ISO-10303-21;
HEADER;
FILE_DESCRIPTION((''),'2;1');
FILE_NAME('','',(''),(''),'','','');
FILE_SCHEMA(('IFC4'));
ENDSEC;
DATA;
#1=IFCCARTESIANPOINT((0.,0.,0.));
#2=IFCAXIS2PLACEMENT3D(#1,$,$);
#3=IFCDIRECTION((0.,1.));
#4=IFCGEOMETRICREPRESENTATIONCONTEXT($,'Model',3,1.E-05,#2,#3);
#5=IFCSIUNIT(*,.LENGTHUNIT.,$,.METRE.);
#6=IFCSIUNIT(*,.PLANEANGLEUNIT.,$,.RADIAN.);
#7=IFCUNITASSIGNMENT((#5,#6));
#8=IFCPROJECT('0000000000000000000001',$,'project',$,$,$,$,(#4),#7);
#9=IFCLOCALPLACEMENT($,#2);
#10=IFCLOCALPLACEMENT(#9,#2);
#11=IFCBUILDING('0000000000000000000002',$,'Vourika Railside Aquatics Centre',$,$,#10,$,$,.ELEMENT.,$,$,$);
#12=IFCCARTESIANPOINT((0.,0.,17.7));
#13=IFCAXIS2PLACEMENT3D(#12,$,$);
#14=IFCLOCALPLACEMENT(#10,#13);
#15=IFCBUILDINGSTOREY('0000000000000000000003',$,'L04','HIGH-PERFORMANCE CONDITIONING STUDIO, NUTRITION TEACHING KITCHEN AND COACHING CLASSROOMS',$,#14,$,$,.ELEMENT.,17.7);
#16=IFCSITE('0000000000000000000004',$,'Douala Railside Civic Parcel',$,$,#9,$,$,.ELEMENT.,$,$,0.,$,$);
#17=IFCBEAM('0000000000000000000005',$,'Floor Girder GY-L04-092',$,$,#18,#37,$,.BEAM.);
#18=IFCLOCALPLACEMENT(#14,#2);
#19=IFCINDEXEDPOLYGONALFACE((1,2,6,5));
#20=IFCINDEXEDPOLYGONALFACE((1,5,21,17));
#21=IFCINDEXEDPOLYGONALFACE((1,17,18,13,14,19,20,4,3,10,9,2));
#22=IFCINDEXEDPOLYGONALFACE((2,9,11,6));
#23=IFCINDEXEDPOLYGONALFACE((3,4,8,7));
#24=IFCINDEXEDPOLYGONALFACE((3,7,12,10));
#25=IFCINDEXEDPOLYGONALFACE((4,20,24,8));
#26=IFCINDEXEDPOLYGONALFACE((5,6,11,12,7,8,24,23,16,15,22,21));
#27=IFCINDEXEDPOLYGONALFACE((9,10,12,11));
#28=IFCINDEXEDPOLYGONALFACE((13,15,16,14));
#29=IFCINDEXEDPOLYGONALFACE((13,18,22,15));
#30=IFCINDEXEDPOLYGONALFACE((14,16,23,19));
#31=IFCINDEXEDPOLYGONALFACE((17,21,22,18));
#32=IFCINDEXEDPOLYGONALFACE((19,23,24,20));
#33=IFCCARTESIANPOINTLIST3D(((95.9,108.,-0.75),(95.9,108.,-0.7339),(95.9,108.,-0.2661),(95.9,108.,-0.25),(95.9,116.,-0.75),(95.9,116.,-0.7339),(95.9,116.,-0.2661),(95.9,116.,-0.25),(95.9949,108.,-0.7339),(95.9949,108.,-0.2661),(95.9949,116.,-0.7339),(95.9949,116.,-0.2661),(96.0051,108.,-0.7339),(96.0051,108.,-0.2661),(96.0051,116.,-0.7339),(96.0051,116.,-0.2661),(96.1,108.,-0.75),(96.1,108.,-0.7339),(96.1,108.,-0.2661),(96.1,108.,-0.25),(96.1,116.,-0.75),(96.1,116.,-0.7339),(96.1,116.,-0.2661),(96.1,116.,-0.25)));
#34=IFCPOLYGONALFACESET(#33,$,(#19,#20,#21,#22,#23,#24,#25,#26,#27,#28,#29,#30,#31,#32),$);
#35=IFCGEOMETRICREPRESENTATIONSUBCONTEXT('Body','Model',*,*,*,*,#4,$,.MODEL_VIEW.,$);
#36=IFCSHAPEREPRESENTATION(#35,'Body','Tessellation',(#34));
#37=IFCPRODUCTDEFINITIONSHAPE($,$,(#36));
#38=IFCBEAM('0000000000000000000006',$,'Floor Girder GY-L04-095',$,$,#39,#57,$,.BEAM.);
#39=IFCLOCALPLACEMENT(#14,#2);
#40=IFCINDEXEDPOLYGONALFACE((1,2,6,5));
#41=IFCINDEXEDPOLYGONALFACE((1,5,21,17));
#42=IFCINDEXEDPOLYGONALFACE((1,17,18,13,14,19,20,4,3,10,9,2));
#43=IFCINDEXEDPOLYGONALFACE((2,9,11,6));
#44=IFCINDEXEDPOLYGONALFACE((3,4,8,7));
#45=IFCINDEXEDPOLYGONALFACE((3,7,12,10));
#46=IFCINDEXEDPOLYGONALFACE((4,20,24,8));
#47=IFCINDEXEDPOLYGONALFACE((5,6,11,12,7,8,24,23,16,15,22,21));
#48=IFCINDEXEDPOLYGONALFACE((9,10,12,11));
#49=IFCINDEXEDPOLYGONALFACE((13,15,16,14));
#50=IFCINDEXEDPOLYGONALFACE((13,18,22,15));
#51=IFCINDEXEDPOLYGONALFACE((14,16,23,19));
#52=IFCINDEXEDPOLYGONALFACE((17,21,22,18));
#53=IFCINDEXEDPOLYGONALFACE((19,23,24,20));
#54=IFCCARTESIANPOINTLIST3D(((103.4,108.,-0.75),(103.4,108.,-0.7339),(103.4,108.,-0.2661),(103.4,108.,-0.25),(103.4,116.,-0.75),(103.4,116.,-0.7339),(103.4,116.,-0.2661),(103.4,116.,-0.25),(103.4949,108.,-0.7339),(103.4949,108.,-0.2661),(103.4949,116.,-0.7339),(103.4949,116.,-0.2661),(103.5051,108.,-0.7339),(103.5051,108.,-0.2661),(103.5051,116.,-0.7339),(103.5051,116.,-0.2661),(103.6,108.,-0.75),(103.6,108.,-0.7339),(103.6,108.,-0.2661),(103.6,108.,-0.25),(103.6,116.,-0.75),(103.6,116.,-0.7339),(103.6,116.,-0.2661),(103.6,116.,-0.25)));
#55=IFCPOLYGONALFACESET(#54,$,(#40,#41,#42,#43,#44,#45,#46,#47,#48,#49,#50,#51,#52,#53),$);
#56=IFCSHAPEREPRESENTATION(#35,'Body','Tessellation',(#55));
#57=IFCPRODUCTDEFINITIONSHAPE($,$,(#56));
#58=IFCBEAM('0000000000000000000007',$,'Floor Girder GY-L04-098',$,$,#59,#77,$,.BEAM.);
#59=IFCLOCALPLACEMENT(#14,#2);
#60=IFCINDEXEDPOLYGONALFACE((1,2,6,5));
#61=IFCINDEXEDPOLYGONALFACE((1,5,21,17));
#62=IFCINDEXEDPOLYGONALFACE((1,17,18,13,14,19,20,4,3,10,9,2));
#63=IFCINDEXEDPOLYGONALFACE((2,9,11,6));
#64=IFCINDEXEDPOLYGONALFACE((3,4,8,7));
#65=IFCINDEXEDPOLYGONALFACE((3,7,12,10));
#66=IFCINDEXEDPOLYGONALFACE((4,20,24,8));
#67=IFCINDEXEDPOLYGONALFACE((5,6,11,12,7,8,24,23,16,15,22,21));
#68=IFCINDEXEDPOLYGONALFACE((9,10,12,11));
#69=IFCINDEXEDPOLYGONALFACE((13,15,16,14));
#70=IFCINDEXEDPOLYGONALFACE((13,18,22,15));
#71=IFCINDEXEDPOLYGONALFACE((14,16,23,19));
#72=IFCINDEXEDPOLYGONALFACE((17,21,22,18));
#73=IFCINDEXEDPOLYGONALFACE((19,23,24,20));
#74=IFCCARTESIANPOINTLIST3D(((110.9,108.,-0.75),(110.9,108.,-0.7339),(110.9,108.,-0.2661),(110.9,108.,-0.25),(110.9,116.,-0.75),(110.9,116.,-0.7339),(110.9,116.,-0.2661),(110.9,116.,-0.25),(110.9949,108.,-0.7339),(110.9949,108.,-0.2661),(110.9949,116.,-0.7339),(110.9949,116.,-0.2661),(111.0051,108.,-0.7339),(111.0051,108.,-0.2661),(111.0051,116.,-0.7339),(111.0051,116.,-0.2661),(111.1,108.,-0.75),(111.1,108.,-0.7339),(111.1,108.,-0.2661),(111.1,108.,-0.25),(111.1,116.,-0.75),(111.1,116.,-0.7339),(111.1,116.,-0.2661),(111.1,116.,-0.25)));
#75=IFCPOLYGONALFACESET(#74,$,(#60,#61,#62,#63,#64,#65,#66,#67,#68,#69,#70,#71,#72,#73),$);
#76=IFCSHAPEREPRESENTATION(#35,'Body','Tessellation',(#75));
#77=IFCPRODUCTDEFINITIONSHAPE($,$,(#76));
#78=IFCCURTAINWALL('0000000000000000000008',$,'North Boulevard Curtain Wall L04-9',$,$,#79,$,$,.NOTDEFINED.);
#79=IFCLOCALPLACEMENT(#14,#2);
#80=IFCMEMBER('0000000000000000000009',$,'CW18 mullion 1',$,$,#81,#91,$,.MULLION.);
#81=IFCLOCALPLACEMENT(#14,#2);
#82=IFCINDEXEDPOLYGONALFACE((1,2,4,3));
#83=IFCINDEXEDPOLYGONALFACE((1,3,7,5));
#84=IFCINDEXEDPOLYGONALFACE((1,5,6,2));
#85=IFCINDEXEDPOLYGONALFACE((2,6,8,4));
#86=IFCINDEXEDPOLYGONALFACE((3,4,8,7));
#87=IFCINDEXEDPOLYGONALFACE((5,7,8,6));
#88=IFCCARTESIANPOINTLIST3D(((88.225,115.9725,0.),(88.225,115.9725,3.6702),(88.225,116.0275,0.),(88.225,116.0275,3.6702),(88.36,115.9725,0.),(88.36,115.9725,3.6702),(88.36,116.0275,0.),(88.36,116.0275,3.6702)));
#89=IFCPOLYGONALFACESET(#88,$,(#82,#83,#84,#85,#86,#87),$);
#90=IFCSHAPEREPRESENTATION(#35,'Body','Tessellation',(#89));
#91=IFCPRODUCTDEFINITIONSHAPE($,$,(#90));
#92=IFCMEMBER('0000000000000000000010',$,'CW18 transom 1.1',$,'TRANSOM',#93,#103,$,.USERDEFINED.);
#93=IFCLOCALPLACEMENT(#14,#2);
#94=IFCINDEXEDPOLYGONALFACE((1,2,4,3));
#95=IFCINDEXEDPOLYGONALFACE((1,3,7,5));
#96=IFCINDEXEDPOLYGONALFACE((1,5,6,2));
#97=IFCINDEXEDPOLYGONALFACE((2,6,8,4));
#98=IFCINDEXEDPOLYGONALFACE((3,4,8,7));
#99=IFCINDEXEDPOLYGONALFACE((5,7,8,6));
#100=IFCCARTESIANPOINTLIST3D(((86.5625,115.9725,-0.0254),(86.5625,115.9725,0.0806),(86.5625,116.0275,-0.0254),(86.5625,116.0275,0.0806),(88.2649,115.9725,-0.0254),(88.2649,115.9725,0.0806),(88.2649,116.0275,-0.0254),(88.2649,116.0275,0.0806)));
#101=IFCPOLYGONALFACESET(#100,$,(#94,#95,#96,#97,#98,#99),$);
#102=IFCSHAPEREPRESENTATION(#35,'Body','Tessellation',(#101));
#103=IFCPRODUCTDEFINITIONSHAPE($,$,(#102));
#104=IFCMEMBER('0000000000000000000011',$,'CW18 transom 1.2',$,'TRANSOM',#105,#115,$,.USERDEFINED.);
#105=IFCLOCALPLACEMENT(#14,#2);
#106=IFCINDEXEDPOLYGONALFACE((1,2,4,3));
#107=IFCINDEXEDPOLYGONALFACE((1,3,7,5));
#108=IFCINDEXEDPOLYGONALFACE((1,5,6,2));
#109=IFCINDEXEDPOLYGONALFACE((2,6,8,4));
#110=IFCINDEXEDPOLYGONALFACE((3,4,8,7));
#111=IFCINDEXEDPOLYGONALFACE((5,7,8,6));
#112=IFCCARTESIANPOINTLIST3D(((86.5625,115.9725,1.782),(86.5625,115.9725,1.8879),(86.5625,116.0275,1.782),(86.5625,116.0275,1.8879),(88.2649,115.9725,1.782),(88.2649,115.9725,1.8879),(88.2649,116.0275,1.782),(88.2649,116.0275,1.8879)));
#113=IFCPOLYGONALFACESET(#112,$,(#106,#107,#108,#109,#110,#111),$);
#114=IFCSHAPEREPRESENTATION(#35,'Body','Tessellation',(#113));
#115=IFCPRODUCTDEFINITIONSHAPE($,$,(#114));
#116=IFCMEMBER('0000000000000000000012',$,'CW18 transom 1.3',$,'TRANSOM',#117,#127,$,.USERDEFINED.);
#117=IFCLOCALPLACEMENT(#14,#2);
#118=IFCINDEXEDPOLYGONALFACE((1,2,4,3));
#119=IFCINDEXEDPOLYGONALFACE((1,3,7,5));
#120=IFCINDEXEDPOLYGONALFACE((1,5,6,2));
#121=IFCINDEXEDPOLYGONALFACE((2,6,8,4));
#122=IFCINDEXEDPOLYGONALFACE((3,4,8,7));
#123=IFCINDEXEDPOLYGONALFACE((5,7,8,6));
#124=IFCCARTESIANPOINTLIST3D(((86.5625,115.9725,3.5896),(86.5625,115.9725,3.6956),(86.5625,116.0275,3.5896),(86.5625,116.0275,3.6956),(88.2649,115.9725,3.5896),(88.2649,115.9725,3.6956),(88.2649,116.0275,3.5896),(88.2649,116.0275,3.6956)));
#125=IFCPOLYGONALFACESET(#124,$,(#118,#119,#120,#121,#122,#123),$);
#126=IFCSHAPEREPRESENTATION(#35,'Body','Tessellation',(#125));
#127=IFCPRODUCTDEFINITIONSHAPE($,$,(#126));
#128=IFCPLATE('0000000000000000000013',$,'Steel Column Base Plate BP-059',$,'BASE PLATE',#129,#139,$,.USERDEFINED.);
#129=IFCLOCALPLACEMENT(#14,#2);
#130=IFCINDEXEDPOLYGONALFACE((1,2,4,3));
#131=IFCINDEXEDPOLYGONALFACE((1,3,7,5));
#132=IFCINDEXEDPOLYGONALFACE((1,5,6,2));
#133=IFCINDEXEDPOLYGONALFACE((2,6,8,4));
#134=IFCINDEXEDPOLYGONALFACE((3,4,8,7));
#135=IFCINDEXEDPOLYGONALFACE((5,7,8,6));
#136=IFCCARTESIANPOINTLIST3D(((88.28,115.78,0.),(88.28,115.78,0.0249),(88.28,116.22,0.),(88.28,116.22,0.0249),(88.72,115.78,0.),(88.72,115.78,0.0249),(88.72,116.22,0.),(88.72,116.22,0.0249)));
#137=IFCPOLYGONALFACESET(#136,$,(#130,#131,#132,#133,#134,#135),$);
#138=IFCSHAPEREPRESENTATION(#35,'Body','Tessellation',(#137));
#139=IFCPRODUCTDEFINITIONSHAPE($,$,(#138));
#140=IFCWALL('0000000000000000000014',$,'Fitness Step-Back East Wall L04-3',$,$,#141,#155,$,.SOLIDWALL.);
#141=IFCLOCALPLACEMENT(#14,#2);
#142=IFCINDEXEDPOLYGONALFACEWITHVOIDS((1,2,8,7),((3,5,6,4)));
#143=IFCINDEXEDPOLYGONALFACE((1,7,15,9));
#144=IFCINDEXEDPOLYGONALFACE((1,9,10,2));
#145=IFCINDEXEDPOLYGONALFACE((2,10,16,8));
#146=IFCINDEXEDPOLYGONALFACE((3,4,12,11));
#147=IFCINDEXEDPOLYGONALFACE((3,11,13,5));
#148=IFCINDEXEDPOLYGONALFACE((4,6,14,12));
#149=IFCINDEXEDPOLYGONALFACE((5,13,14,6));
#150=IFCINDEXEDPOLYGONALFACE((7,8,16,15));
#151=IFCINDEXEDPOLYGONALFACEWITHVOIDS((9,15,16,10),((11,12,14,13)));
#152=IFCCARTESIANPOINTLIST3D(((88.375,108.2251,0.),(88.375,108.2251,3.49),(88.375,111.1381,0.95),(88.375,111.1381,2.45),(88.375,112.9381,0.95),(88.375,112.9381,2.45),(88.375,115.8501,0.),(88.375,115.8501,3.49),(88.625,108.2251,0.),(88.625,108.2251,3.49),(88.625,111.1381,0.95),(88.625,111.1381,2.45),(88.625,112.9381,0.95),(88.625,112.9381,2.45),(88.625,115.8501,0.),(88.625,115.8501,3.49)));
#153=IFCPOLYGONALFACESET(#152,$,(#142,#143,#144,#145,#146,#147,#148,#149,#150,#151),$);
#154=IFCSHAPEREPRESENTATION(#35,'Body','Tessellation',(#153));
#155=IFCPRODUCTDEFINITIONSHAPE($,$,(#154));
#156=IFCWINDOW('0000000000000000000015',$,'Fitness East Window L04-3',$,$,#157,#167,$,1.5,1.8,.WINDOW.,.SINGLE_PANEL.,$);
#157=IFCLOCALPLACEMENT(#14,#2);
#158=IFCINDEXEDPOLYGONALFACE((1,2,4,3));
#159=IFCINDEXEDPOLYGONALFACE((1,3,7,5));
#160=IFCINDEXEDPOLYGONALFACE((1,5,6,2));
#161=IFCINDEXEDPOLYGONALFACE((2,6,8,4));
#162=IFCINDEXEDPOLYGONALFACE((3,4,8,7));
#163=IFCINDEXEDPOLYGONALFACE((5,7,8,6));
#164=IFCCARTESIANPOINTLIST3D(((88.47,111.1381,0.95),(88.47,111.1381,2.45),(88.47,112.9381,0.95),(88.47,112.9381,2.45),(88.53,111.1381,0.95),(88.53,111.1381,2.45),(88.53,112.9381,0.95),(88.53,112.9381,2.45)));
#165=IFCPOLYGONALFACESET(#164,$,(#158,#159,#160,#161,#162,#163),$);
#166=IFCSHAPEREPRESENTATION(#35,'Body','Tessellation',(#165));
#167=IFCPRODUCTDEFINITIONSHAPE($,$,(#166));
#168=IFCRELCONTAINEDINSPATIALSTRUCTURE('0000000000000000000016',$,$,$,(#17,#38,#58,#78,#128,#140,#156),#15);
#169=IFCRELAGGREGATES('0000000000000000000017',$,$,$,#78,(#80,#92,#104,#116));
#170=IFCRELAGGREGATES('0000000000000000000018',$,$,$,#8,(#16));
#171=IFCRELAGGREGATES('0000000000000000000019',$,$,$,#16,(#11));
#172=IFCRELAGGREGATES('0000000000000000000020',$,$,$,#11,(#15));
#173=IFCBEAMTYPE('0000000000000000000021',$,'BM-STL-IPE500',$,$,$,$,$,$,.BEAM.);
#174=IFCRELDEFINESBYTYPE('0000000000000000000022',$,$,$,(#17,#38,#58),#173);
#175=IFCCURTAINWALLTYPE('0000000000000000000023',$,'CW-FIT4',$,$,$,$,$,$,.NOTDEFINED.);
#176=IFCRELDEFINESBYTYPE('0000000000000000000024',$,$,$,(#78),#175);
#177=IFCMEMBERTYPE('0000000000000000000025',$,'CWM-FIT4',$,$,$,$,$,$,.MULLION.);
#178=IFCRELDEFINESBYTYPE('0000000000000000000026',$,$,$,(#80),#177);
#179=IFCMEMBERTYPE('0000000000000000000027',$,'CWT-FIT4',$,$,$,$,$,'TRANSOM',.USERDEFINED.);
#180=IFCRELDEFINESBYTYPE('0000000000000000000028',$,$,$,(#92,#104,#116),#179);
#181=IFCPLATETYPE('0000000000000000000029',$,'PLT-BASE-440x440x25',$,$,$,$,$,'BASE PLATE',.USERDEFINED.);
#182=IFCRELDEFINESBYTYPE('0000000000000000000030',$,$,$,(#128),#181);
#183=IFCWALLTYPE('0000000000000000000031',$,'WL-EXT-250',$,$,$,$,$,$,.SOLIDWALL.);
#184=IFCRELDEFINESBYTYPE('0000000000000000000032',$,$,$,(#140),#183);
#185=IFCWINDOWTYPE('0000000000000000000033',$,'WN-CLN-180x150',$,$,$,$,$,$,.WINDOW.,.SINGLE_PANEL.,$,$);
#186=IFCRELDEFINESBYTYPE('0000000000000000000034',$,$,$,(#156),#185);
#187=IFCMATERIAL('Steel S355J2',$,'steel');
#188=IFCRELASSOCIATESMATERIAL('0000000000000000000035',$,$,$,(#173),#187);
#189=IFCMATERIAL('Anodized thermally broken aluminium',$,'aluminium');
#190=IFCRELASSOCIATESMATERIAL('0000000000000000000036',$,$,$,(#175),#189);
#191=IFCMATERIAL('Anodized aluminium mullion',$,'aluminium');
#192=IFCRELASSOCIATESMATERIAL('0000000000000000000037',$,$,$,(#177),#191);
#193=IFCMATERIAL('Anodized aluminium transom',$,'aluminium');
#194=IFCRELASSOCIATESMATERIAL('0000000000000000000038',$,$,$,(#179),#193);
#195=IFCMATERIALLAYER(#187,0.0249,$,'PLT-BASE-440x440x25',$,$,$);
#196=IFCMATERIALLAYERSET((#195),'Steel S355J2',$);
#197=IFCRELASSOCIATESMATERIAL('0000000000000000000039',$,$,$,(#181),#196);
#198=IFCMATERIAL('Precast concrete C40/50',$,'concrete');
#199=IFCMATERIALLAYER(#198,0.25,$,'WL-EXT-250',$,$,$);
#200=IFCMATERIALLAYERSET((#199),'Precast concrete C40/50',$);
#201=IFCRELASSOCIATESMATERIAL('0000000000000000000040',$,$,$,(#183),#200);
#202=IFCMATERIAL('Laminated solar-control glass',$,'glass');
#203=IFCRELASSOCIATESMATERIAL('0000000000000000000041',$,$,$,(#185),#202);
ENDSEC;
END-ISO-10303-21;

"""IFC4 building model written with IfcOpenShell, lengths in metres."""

from ifc_helpers import new_model, si_unit, direction, frame, frame_2d, origin, origin_2d, place, context, subcontext, project, spatial, rectangle, i_section, extrude, material, layer, layer_set, material_profile, profile_set, type_object, element, fill, aggregate, save


model = new_model("IFC4")

# Units and contexts
model_context = context("Model", 3, precision=1e-05, world=origin(), true_north=direction((0.0, 1.0)))
body_context = subcontext(model_context, "Body", "Model", "MODEL_VIEW")
ifc_project = project(units=[si_unit("LENGTHUNIT", "METRE"), si_unit("PLANEANGLEUNIT", "RADIAN")], contexts=[model_context])

# Site, building, storey
site_placement = place(None, origin())
site = spatial("IfcSite", under=ifc_project, at=site_placement, Name="Douala Railside Civic Parcel", CompositionType="ELEMENT", RefElevation=0.0)
building_placement = place(site_placement, origin())
building = spatial("IfcBuilding", under=site, at=building_placement, Name="Vourika Railside Aquatics Centre", CompositionType="ELEMENT")
storey_placement = place(building_placement, frame((0.0, 0.0, 17.7)))
storey = spatial("IfcBuildingStorey", under=building, at=storey_placement, Name="L04", Description="HIGH-PERFORMANCE CONDITIONING STUDIO, NUTRITION TEACHING KITCHEN AND COACHING CLASSROOMS", CompositionType="ELEMENT", Elevation=17.7)

# Shared definitions
ifc_material_1 = material(Name="Steel S355J2", Category="steel")

# Beams
ifc_material_profile_1 = material_profile(ifc_material_1, i_section(OverallWidth=0.2, OverallDepth=0.5, WebThickness=0.0103, FlangeThickness=0.0161, at=origin_2d()), Name="IPE 500")
ifc_profile_set_1 = profile_set([ifc_material_profile_1], Name="Steel S355J2")
beam_type_1 = type_object("IfcBeamType", Name="BM-STL-IPE500", PredefinedType="BEAM", material=ifc_profile_set_1)
for number, where, z_axis, x_axis, name in (
    (1, (96.0, 108.0, -0.5), (0.0, 1.0, 0.0), (-1.0, 0.0, 0.0), "Floor Girder GY-L04-092"),
    (2, (103.5, 108.0, -0.5), (0.0, 1.0, 0.0), (-1.0, 0.0, 0.0), "Floor Girder GY-L04-095"),
    (3, (111.0, 108.0, -0.5), (0.0, 1.0, 0.0), (-1.0, 0.0, 0.0), "Floor Girder GY-L04-098"),
):
    element("IfcBeam", number, at=place(storey_placement, frame(where, z_axis=z_axis, x_axis=x_axis)), inside=storey, type_object=beam_type_1, Name=name, PredefinedType="BEAM", context=body_context, shape_type="SweptSolid", body=[
        extrude(i_section(OverallWidth=0.2, OverallDepth=0.5, WebThickness=0.0103, FlangeThickness=0.0161, at=origin_2d()), origin(), (0.0, 0.0, 1.0), 8.0),
    ])

# Curtain wall, members
ifc_material_2 = material(Name="Anodized thermally broken aluminium", Category="aluminium")
curtain_wall_type = type_object("IfcCurtainWallType", Name="CW-FIT4", PredefinedType="NOTDEFINED", material=ifc_material_2)
curtain_wall_placement = place(storey_placement, origin())
curtain_wall = element("IfcCurtainWall", 4, at=curtain_wall_placement, inside=storey, type_object=curtain_wall_type, Name="North Boulevard Curtain Wall L04-9", PredefinedType="NOTDEFINED")
ifc_material_3 = material(Name="Anodized aluminium mullion", Category="aluminium")
ifc_material_profile_2 = material_profile(ifc_material_3, rectangle(XDim=0.0549, YDim=0.135, at=origin_2d()), Name="ALU-M 55x135")
ifc_profile_set_2 = profile_set([ifc_material_profile_2], Name="Anodized aluminium mullion")
member_type_1 = type_object("IfcMemberType", Name="CWM-FIT4", PredefinedType="MULLION", material=ifc_profile_set_2)
member_1_placement = place(storey_placement, frame((88.2925, 116.0, 0.0), z_axis=(0.0, 0.0, 1.0), x_axis=(0.0, -1.0, 0.0)))
member_1 = element("IfcMember", 5, at=member_1_placement, type_object=member_type_1, Name="CW18 mullion 1", PredefinedType="MULLION", context=body_context, shape_type="SweptSolid", body=[
    extrude(rectangle(XDim=0.0549, YDim=0.135, at=origin_2d()), origin(), (0.0, 0.0, 1.0), 3.6702),
])
ifc_material_4 = material(Name="Anodized aluminium transom", Category="aluminium")
ifc_material_profile_3 = material_profile(ifc_material_4, rectangle(XDim=0.0549, YDim=0.106, at=origin_2d()), Name="ALU-T 55x106")
ifc_profile_set_3 = profile_set([ifc_material_profile_3], Name="Anodized aluminium transom")
member_type_2 = type_object("IfcMemberType", Name="CWT-FIT4", ElementType="TRANSOM", PredefinedType="USERDEFINED", material=ifc_profile_set_3)
member_2_placement = place(storey_placement, frame((88.2649, 116.0, 0.0276), z_axis=(-1.0, 0.0, 0.0), x_axis=(0.0, -1.0, 0.0)))
member_2 = element("IfcMember", 6, at=member_2_placement, type_object=member_type_2, Name="CW18 transom 1.1", ObjectType="TRANSOM", PredefinedType="USERDEFINED", context=body_context, shape_type="SweptSolid", body=[
    extrude(rectangle(XDim=0.0549, YDim=0.106, at=origin_2d()), origin(), (0.0, 0.0, 1.0), 1.7024),
])
member_3_placement = place(storey_placement, frame((88.2649, 116.0, 1.835), z_axis=(-1.0, 0.0, 0.0), x_axis=(0.0, -1.0, 0.0)))
member_3 = element("IfcMember", 7, at=member_3_placement, type_object=member_type_2, Name="CW18 transom 1.2", ObjectType="TRANSOM", PredefinedType="USERDEFINED", context=body_context, shape_type="SweptSolid", body=[
    extrude(rectangle(XDim=0.0549, YDim=0.106, at=origin_2d()), origin(), (0.0, 0.0, 1.0), 1.7024),
])
member_4_placement = place(storey_placement, frame((88.2649, 116.0, 3.6426), z_axis=(-1.0, 0.0, 0.0), x_axis=(0.0, -1.0, 0.0)))
member_4 = element("IfcMember", 8, at=member_4_placement, type_object=member_type_2, Name="CW18 transom 1.3", ObjectType="TRANSOM", PredefinedType="USERDEFINED", context=body_context, shape_type="SweptSolid", body=[
    extrude(rectangle(XDim=0.0549, YDim=0.106, at=origin_2d()), origin(), (0.0, 0.0, 1.0), 1.7024),
])
aggregate(curtain_wall, [member_1, member_2, member_3, member_4])

# Plate
ifc_layer_1 = layer(ifc_material_1, 0.0249, Name="PLT-BASE-440x440x25")
ifc_layer_set_1 = layer_set([ifc_layer_1], Name="Steel S355J2")
plate_type = type_object("IfcPlateType", Name="PLT-BASE-440x440x25", ElementType="BASE PLATE", PredefinedType="USERDEFINED", material=ifc_layer_set_1)
plate_placement = place(storey_placement, frame((88.5, 116.0, 0.0), z_axis=(0.0, 0.0, 1.0), x_axis=(1.0, 0.0, 0.0)))
element("IfcPlate", 9, at=plate_placement, inside=storey, type_object=plate_type, Name="Steel Column Base Plate BP-059", ObjectType="BASE PLATE", PredefinedType="USERDEFINED", context=body_context, shape_type="SweptSolid", body=[
    extrude(rectangle(XDim=0.4399, YDim=0.4399, at=origin_2d()), origin(), (0.0, 0.0, 1.0), 0.0249),
])

# Wall, opening, window
ifc_material_5 = material(Name="Precast concrete C40/50", Category="concrete")
ifc_layer_2 = layer(ifc_material_5, 0.25, Name="WL-EXT-250")
ifc_layer_set_2 = layer_set([ifc_layer_2], Name="Precast concrete C40/50")
wall_type = type_object("IfcWallType", Name="WL-EXT-250", PredefinedType="SOLIDWALL", material=ifc_layer_set_2)
wall_placement = place(storey_placement, frame((88.5, 108.2251, 0.0), z_axis=(0.0, 0.0, 1.0), x_axis=(0.0, 1.0, 0.0)))
wall = element("IfcWall", 10, at=wall_placement, inside=storey, type_object=wall_type, Name="Fitness Step-Back East Wall L04-3", PredefinedType="SOLIDWALL", context=body_context, shape_type="SweptSolid", body=[
    extrude(rectangle(XDim=7.625, YDim=0.25, at=frame_2d((3.8125, 0.0))), origin(), (0.0, 0.0, 1.0), 3.49),
])
opening_placement = place(wall_placement, frame((2.9131, 0.0, 0.95)))
opening = element("IfcOpeningElement", 11, at=opening_placement, cuts=wall, PredefinedType="OPENING", context=body_context, shape_type="SweptSolid", body=[
    extrude(rectangle(XDim=1.8, YDim=1.5, at=frame_2d((0.8999, 0.75))), frame((0.0, 0.135, 0.0), z_axis=(0.0, -1.0, 0.0), x_axis=(1.0, 0.0, 0.0)), (0.0, 0.0, 1.0), 0.27),
])
ifc_material_6 = material(Name="Laminated solar-control glass", Category="glass")
window_type = type_object("IfcWindowType", Name="WN-CLN-180x150", PartitioningType="SINGLE_PANEL", PredefinedType="WINDOW", material=ifc_material_6)
window_placement = place(opening_placement, origin())
window = element("IfcWindow", 12, at=window_placement, inside=storey, type_object=window_type, Name="Fitness East Window L04-3", OverallHeight=1.5, OverallWidth=1.8, PartitioningType="SINGLE_PANEL", PredefinedType="WINDOW", context=body_context, shape_type="SweptSolid", body=[
    extrude(rectangle(XDim=1.8, YDim=1.5, at=frame_2d((0.8999, 0.75))), frame((0.0, 0.03, 0.0), z_axis=(0.0, -1.0, 0.0), x_axis=(1.0, 0.0, 0.0)), (0.0, 0.0, 1.0), 0.0601),
])
fill(opening, window)

save(model, "model.ifc")
